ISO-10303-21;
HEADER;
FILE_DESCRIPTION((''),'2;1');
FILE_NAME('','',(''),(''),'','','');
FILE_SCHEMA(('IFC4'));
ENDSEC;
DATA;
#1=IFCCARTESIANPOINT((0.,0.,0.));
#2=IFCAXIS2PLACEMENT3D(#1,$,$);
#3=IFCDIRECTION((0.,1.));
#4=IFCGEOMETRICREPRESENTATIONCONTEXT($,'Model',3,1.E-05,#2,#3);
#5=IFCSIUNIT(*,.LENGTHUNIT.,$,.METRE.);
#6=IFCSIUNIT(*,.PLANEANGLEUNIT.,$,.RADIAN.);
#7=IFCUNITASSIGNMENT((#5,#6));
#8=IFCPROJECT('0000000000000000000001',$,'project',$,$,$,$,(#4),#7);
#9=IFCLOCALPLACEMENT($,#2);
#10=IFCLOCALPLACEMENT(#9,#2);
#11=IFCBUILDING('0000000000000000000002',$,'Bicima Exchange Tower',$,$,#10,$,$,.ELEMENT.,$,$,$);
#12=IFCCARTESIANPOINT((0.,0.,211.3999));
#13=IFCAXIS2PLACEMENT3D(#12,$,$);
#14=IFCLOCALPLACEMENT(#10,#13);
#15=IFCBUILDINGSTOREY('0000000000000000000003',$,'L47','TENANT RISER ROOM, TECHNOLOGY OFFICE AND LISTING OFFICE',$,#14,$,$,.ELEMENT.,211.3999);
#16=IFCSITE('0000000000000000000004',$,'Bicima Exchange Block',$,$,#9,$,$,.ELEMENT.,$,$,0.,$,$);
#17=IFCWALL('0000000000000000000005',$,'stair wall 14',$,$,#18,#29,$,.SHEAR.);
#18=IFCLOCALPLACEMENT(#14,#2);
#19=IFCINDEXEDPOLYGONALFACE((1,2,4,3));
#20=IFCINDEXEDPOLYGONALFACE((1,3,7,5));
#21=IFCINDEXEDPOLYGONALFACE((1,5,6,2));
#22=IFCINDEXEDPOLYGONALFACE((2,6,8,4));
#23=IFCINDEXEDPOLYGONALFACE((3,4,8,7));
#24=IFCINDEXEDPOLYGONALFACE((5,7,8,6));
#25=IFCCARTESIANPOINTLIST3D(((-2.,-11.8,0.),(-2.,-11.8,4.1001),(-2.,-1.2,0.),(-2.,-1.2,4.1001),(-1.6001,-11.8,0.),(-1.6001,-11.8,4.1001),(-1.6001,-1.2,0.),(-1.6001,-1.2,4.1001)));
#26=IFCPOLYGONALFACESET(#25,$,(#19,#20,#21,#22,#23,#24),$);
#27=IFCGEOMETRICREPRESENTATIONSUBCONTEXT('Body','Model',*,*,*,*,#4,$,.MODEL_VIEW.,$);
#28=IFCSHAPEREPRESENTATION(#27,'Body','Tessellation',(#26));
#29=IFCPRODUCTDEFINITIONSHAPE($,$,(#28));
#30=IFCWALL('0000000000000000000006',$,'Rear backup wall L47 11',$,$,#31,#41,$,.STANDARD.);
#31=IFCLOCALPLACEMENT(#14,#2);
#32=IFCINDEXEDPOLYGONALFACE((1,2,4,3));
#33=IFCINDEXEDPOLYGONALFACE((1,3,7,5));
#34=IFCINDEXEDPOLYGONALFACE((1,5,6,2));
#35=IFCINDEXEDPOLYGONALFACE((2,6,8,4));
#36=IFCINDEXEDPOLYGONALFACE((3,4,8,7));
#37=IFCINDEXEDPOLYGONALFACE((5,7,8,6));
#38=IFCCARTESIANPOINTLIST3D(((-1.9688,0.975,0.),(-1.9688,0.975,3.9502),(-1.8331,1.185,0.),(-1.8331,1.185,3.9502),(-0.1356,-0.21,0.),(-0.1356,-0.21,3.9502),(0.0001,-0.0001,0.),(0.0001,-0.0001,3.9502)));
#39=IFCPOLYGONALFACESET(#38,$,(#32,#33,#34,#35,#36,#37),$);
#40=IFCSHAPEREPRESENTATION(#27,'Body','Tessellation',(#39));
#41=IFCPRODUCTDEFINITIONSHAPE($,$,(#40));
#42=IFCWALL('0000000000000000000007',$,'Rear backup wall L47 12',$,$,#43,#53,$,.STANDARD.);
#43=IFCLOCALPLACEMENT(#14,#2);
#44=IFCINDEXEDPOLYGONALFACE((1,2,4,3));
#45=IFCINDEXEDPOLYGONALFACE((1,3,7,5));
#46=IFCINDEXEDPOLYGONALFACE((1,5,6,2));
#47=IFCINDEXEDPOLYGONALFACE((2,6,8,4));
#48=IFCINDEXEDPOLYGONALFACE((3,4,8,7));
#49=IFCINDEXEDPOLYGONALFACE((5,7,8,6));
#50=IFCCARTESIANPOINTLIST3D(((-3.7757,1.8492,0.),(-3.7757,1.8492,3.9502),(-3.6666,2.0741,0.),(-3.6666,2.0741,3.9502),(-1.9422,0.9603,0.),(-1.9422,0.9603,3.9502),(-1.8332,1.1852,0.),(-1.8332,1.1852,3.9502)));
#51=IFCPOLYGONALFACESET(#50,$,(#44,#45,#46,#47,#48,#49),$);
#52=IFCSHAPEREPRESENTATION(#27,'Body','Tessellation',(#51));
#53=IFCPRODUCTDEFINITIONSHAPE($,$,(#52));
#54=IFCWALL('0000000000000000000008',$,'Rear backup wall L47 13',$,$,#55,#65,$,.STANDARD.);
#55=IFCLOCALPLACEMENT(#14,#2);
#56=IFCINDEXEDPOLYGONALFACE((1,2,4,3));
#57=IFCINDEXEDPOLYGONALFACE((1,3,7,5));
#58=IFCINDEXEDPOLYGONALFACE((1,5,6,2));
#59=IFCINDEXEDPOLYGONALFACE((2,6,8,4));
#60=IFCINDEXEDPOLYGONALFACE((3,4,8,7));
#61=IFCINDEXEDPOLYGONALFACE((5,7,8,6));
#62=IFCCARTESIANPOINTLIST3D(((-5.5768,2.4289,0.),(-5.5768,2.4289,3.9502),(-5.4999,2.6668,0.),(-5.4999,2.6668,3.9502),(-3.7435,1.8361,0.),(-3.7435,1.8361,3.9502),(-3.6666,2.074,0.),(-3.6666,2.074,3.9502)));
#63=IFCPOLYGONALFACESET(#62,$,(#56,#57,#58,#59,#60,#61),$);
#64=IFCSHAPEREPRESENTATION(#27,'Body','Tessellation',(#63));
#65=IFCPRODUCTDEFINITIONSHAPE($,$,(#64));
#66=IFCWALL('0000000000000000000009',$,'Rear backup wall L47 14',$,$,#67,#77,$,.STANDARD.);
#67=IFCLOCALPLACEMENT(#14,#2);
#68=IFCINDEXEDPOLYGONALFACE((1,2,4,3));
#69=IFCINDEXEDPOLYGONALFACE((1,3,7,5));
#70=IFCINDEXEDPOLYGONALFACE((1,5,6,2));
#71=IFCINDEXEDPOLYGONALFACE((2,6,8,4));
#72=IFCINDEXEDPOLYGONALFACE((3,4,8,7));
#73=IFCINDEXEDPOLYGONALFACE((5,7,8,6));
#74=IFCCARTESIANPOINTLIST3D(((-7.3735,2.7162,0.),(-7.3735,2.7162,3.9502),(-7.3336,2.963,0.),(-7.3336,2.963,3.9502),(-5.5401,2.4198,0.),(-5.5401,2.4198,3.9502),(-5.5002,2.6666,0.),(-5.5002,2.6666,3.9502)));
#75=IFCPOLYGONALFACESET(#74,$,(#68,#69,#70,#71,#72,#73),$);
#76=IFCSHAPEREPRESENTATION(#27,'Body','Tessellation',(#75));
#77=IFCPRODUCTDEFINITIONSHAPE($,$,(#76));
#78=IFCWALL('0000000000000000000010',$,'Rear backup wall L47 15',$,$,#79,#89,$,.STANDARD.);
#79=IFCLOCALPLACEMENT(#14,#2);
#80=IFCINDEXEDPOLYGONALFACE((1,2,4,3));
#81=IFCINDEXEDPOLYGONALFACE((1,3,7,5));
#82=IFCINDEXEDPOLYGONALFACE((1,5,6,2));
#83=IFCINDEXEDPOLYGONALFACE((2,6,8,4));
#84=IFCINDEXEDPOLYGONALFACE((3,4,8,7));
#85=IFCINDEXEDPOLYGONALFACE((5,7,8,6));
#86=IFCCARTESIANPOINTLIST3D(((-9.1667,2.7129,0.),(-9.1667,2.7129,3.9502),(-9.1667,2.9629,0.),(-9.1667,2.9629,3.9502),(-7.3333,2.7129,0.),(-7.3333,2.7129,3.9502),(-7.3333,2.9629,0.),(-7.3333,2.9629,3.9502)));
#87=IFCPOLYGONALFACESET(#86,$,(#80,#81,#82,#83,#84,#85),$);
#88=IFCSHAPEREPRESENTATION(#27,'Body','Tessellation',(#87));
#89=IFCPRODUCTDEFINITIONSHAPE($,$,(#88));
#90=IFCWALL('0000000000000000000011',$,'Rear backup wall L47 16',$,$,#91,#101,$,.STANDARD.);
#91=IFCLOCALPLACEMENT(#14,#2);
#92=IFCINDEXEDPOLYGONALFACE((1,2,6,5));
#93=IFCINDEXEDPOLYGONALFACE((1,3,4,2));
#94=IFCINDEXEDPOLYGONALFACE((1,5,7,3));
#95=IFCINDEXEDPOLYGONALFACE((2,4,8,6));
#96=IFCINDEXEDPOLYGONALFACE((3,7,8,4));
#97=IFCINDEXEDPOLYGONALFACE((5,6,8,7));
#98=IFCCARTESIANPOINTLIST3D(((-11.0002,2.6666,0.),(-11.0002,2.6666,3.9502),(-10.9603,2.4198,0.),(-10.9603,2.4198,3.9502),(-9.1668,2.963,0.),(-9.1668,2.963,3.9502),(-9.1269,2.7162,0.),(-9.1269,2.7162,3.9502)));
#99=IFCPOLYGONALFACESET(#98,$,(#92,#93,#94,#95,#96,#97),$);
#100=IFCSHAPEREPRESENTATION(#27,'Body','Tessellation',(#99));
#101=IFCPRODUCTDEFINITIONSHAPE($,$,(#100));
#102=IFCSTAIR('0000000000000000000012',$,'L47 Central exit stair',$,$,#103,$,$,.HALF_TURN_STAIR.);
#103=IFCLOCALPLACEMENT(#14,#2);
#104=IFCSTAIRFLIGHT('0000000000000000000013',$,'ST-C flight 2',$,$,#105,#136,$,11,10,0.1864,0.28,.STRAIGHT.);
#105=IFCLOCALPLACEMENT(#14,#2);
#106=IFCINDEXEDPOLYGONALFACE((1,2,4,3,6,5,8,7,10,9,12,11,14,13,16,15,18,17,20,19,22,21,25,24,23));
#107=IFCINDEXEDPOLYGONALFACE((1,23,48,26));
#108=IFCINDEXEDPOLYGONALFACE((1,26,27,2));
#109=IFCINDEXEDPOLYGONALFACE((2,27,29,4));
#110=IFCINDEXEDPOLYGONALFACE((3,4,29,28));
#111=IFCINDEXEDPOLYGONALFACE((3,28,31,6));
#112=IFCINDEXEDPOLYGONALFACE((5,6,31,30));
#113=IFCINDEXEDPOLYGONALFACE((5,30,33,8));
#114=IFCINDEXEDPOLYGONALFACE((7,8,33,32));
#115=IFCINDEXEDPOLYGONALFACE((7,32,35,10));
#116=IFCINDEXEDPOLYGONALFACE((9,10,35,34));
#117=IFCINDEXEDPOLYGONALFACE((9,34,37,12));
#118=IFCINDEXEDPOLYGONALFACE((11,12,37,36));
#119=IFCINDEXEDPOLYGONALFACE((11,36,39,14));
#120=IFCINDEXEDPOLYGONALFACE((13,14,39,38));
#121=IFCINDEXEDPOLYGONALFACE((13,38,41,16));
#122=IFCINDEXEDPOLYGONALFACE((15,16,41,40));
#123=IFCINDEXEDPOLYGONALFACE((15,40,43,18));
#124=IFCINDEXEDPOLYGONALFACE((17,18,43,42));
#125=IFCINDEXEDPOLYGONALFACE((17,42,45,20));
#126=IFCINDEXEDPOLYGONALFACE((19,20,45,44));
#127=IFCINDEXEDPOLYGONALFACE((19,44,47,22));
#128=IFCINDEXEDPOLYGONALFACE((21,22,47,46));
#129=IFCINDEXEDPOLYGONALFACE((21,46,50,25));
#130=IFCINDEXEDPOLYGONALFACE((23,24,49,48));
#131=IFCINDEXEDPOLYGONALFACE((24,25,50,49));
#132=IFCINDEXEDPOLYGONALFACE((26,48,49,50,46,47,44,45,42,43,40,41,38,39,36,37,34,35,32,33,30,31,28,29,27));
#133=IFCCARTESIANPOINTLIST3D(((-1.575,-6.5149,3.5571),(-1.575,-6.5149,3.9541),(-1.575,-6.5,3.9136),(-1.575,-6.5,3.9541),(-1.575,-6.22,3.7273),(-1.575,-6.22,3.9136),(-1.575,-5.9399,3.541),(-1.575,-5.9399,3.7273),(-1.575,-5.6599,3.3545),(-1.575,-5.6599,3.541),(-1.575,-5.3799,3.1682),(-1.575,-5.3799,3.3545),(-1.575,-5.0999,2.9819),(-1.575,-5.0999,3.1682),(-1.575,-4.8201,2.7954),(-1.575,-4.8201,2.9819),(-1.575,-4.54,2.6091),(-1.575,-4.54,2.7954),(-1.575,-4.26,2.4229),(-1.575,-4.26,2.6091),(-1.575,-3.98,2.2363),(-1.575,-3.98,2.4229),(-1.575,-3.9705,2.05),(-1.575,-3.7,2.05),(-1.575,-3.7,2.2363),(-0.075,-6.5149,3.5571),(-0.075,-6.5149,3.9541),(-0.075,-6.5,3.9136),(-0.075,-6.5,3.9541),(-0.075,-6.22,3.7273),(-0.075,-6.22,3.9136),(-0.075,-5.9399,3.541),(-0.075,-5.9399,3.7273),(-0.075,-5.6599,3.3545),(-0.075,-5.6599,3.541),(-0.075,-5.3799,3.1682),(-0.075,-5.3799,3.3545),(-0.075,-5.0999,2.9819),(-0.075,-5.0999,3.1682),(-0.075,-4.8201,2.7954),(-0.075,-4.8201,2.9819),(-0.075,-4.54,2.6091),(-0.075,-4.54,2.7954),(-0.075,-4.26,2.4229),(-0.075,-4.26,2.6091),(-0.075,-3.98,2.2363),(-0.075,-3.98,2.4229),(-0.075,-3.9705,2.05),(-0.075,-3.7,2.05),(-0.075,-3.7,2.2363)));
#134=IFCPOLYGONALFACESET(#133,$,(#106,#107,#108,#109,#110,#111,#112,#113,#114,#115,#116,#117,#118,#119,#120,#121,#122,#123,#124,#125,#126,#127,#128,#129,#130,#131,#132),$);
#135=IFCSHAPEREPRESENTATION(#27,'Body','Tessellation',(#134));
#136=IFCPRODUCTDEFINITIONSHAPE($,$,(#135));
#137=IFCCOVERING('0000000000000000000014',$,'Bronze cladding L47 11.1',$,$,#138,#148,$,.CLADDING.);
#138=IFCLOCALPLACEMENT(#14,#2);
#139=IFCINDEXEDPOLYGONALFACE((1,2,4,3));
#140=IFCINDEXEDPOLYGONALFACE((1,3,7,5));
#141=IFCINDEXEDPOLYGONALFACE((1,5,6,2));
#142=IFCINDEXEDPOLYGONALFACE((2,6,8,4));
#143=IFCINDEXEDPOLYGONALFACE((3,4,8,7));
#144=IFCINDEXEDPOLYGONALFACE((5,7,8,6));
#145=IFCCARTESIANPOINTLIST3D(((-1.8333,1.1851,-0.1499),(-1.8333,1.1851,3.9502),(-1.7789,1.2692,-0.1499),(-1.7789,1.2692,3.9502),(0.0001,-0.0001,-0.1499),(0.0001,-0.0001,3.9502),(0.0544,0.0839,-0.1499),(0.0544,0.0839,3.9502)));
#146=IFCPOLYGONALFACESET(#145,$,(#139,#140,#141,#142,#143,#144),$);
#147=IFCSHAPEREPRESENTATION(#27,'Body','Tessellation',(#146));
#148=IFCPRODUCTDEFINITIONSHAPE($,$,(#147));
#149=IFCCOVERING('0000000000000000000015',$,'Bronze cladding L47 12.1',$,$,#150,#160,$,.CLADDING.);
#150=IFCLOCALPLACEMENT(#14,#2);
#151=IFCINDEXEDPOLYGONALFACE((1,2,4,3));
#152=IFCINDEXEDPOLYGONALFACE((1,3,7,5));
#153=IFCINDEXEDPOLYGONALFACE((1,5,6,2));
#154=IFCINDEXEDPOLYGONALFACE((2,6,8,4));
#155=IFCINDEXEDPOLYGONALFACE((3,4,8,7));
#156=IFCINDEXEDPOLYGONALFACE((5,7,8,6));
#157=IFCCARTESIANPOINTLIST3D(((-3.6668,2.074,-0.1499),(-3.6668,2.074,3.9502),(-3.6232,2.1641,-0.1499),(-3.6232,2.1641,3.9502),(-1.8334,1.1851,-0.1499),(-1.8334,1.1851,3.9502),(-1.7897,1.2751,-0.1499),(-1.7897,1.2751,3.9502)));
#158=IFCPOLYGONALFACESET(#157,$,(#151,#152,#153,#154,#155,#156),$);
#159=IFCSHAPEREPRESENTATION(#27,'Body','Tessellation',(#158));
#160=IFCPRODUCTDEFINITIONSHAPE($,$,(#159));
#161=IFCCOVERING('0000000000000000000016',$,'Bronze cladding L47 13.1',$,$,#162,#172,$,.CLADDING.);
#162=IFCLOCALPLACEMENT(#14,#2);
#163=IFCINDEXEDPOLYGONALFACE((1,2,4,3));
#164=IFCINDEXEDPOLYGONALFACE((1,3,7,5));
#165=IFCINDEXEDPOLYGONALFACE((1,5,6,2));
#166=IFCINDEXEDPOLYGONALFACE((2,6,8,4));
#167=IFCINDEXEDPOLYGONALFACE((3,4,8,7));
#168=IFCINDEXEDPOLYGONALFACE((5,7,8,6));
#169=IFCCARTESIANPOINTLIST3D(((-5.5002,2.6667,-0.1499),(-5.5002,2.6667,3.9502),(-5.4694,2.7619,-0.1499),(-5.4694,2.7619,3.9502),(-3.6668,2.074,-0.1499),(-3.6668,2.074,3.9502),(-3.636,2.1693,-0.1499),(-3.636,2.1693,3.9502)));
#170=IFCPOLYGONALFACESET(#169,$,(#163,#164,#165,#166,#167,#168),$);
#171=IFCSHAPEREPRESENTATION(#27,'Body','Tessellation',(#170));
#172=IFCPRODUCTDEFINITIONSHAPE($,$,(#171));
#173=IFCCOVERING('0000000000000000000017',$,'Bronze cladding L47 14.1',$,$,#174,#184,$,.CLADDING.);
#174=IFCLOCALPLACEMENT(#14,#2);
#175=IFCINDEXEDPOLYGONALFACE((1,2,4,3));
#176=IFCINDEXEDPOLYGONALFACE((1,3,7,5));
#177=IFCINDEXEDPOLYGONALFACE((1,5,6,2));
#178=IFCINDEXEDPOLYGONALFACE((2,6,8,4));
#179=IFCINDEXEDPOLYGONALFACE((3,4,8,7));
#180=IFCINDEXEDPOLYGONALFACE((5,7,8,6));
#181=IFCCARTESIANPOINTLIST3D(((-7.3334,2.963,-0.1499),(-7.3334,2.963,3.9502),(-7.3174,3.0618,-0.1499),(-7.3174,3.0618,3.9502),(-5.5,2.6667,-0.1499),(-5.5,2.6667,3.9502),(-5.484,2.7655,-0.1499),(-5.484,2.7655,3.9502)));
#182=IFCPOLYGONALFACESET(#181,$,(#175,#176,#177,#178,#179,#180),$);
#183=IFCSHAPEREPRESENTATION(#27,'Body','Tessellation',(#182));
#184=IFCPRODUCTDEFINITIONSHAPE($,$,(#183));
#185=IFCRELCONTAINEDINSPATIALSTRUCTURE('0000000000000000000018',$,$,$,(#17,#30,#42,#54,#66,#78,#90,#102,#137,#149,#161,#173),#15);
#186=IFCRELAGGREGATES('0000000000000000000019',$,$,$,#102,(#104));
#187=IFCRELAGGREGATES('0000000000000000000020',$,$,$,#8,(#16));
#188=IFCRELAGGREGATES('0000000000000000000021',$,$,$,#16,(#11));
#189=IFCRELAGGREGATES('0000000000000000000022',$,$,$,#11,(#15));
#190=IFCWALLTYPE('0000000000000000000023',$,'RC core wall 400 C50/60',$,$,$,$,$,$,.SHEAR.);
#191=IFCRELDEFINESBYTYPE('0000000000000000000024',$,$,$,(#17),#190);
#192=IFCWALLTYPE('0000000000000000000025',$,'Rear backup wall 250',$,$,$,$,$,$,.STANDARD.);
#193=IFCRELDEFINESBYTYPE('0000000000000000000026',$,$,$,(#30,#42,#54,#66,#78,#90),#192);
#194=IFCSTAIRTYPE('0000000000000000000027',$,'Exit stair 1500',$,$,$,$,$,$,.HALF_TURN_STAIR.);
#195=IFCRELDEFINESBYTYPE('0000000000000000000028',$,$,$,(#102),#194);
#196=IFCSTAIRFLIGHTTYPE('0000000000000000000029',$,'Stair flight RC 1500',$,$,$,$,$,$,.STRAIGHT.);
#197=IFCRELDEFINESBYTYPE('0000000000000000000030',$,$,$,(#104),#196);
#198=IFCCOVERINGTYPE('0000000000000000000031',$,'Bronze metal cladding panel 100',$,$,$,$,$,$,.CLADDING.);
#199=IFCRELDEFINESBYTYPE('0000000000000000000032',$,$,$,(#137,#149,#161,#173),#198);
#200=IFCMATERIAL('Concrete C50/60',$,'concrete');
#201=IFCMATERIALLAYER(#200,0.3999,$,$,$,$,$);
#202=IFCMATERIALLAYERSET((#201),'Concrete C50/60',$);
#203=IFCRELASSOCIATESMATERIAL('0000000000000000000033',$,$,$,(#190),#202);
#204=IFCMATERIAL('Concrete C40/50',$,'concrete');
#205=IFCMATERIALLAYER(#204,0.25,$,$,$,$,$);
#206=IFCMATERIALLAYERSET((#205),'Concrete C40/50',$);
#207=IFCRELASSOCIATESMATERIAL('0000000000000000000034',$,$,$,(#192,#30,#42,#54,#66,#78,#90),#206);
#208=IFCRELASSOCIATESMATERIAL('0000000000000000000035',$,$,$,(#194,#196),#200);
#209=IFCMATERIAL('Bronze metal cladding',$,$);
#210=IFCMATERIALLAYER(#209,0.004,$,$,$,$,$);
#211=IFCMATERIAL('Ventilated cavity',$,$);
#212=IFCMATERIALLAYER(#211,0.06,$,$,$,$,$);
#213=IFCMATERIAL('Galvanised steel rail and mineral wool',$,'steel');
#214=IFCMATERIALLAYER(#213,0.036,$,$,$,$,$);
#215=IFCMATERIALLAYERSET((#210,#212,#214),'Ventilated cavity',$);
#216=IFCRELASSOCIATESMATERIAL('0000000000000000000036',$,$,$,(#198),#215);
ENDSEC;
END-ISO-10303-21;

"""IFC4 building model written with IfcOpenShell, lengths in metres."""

from ifc_helpers import new_model, si_unit, direction, frame, frame_2d, origin, origin_2d, place, context, subcontext, project, spatial, polyline, rectangle, outline, extrude, material, layer, layer_set, layer_usage, type_object, element, aggregate, save


model = new_model("IFC4")

# Units and contexts
model_context = context("Model", 3, precision=1e-05, world=origin(), true_north=direction((0.0, 1.0)))
body_context = subcontext(model_context, "Body", "Model", "MODEL_VIEW")
ifc_project = project(units=[si_unit("LENGTHUNIT", "METRE"), si_unit("PLANEANGLEUNIT", "RADIAN")], contexts=[model_context])

# Site, building, storey
site_placement = place(None, origin())
site = spatial("IfcSite", under=ifc_project, at=site_placement, Name="Bicima Exchange Block", CompositionType="ELEMENT", RefElevation=0.0)
building_placement = place(site_placement, origin())
building = spatial("IfcBuilding", under=site, at=building_placement, Name="Bicima Exchange Tower", CompositionType="ELEMENT")
storey_placement = place(building_placement, frame((0.0, 0.0, 211.3999)))
storey = spatial("IfcBuildingStorey", under=building, at=storey_placement, Name="L47", Description="TENANT RISER ROOM, TECHNOLOGY OFFICE AND LISTING OFFICE", CompositionType="ELEMENT", Elevation=211.3999)

# Shared definitions
ifc_material_1 = material(Name="Concrete C50/60", Category="concrete")
ifc_layer_1 = layer(ifc_material_1, 0.3999)
ifc_layer_set_1 = layer_set([ifc_layer_1], Name="Concrete C50/60")
wall_type_1 = type_object("IfcWallType", Name="RC core wall 400 C50/60", PredefinedType="SHEAR", material=ifc_layer_set_1)

# Walls
wall_1_placement = place(storey_placement, frame((-1.8, -11.8, 0.0), z_axis=(0.0, 0.0, 1.0), x_axis=(0.0, 1.0, 0.0)))
element("IfcWall", 1, at=wall_1_placement, inside=storey, type_object=wall_type_1, Name="stair wall 14", PredefinedType="SHEAR", context=body_context, shape_type="SweptSolid", body=[
    extrude(rectangle(XDim=10.6001, YDim=0.3999, at=frame_2d((5.3, 0.0))), origin(), (0.0, 0.0, 1.0), 4.1001),
])
ifc_material_2 = material(Name="Concrete C40/50", Category="concrete")
ifc_layer_2 = layer(ifc_material_2, 0.25)
ifc_layer_set_2 = layer_set([ifc_layer_2], Name="Concrete C40/50")
ifc_layer_usage = layer_usage(ifc_layer_set_2, "AXIS2", "POSITIVE", -0.125)
wall_type_2 = type_object("IfcWallType", Name="Rear backup wall 250", PredefinedType="STANDARD", material=ifc_layer_set_2)
wall_2_placement = place(storey_placement, frame((-0.0679, -0.105, 0.0), z_axis=(0.0, 0.0, 1.0), x_axis=(-0.839813, 0.542876, 0.0)))
element("IfcWall", 2, at=wall_2_placement, inside=storey, type_object=wall_type_2, material=ifc_layer_usage, Name="Rear backup wall L47 11", PredefinedType="STANDARD", context=body_context, shape_type="SweptSolid", body=[
    extrude(rectangle(XDim=2.1829, YDim=0.25, at=frame_2d((1.0913, 0.0))), origin(), (0.0, 0.0, 1.0), 3.9502),
])
wall_3_placement = place(storey_placement, frame((-1.8877, 1.0728, 0.0), z_axis=(0.0, 0.0, 1.0), x_axis=(-0.899824, 0.436253, 0.0)))
element("IfcWall", 3, at=wall_3_placement, inside=storey, type_object=wall_type_2, material=ifc_layer_usage, Name="Rear backup wall L47 12", PredefinedType="STANDARD", context=body_context, shape_type="SweptSolid", body=[
    extrude(rectangle(XDim=2.0376, YDim=0.25, at=frame_2d((1.0188, 0.0))), origin(), (0.0, 0.0, 1.0), 3.9502),
])
wall_4_placement = place(storey_placement, frame((-3.7051, 1.9551, 0.0), z_axis=(0.0, 0.0, 1.0), x_axis=(-0.951496, 0.307662, 0.0)))
element("IfcWall", 4, at=wall_4_placement, inside=storey, type_object=wall_type_2, material=ifc_layer_usage, Name="Rear backup wall L47 13", PredefinedType="STANDARD", context=body_context, shape_type="SweptSolid", body=[
    extrude(rectangle(XDim=1.9268, YDim=0.25, at=frame_2d((0.9634, 0.0))), origin(), (0.0, 0.0, 1.0), 3.9502),
])
wall_5_placement = place(storey_placement, frame((-5.52, 2.5432, 0.0), z_axis=(0.0, 0.0, 1.0), x_axis=(-0.987182, 0.1596, 0.0)))
element("IfcWall", 5, at=wall_5_placement, inside=storey, type_object=wall_type_2, material=ifc_layer_usage, Name="Rear backup wall L47 14", PredefinedType="STANDARD", context=body_context, shape_type="SweptSolid", body=[
    extrude(rectangle(XDim=1.8572, YDim=0.25, at=frame_2d((0.9287, 0.0))), origin(), (0.0, 0.0, 1.0), 3.9502),
])
wall_6_placement = place(storey_placement, frame((-7.3333, 2.8379, 0.0), z_axis=(0.0, 0.0, 1.0), x_axis=(-1.0, 0.0, 0.0)))
element("IfcWall", 6, at=wall_6_placement, inside=storey, type_object=wall_type_2, material=ifc_layer_usage, Name="Rear backup wall L47 15", PredefinedType="STANDARD", context=body_context, shape_type="SweptSolid", body=[
    extrude(rectangle(XDim=1.8335, YDim=0.25, at=frame_2d((0.9167, 0.0))), origin(), (0.0, 0.0, 1.0), 3.9502),
])
wall_7_placement = place(storey_placement, frame((-9.1467, 2.8396, 0.0), z_axis=(0.0, 0.0, 1.0), x_axis=(-0.987182, -0.1596, 0.0)))
element("IfcWall", 7, at=wall_7_placement, inside=storey, type_object=wall_type_2, material=ifc_layer_usage, Name="Rear backup wall L47 16", PredefinedType="STANDARD", context=body_context, shape_type="SweptSolid", body=[
    extrude(rectangle(XDim=1.8572, YDim=0.25, at=frame_2d((0.9287, 0.0))), origin(), (0.0, 0.0, 1.0), 3.9502),
])

# Stair, stair flight
stair_type = type_object("IfcStairType", Name="Exit stair 1500", PredefinedType="HALF_TURN_STAIR", material=ifc_material_1)
stair_placement = place(storey_placement, origin())
stair = element("IfcStair", 8, at=stair_placement, inside=storey, type_object=stair_type, Name="L47 Central exit stair", PredefinedType="HALF_TURN_STAIR")
stair_flight_type = type_object("IfcStairFlightType", Name="Stair flight RC 1500", PredefinedType="STRAIGHT", material=ifc_material_1)
stair_flight_placement = place(storey_placement, frame((-0.825, -3.7, 2.05), z_axis=(0.0, 0.0, 1.0), x_axis=(0.0, -1.0, 0.0)))
stair_flight = element("IfcStairFlight", 9, at=stair_flight_placement, type_object=stair_flight_type, Name="ST-C flight 2", NumberOfRisers=11, NumberOfTreads=10, PredefinedType="STRAIGHT", RiserHeight=0.1864, TreadLength=0.28, context=body_context, shape_type="SweptSolid", body=[
    extrude(outline(polyline([(0.0, 0.0), (0.0, 0.1863), (0.28, 0.1863), (0.28, 0.3728), (0.5601, 0.3728), (0.5601, 0.5591), (0.8401, 0.5591), (0.8401, 0.7454), (1.1201, 0.7454), (1.1201, 0.9319), (1.3999, 0.9319), (1.3999, 1.1182), (1.6799, 1.1182), (1.6799, 1.3044), (1.96, 1.3044), (1.96, 1.491), (2.24, 1.491), (2.24, 1.6772), (2.52, 1.6772), (2.52, 1.8635), (2.8, 1.8635), (2.8, 1.9041), (2.8149, 1.9041), (2.8149, 1.5071), (0.2705, 0.0), (0.0, 0.0)])), frame((0.0, 0.75, 0.0), z_axis=(0.0, -1.0, 0.0), x_axis=(1.0, 0.0, 0.0)), (0.0, 0.0, 1.0), 1.5),
])
aggregate(stair, [stair_flight])

# Coverings
ifc_material_3 = material(Name="Bronze metal cladding")
ifc_layer_3 = layer(ifc_material_3, 0.004)
ifc_material_4 = material(Name="Ventilated cavity")
ifc_layer_4 = layer(ifc_material_4, 0.06)
ifc_material_5 = material(Name="Galvanised steel rail and mineral wool", Category="steel")
ifc_layer_5 = layer(ifc_material_5, 0.036)
ifc_layer_set_3 = layer_set([ifc_layer_3, ifc_layer_4, ifc_layer_5], Name="Ventilated cavity")
covering_type = type_object("IfcCoveringType", Name="Bronze metal cladding panel 100", PredefinedType="CLADDING", material=ifc_layer_set_3)
covering_1_placement = place(storey_placement, frame((-0.8894, 0.6345, -0.1499), z_axis=(0.0, 0.0, 1.0), x_axis=(-0.83979, 0.542911, 0.0)))
element("IfcCovering", 10, at=covering_1_placement, inside=storey, type_object=covering_type, Name="Bronze cladding L47 11.1", PredefinedType="CLADDING", context=body_context, shape_type="SweptSolid", body=[
    extrude(rectangle(XDim=2.1831, YDim=0.1001, at=origin_2d()), origin(), (0.0, 0.0, 1.0), 4.1001),
])
covering_2_placement = place(storey_placement, frame((-2.7283, 1.6746, -0.1499), z_axis=(0.0, 0.0, 1.0), x_axis=(-0.899818, 0.436265, 0.0)))
element("IfcCovering", 11, at=covering_2_placement, inside=storey, type_object=covering_type, Name="Bronze cladding L47 12.1", PredefinedType="CLADDING", context=body_context, shape_type="SweptSolid", body=[
    extrude(rectangle(XDim=2.0376, YDim=0.1001, at=origin_2d()), origin(), (0.0, 0.0, 1.0), 4.1001),
])
covering_3_placement = place(storey_placement, frame((-4.5681, 2.418, -0.1499), z_axis=(0.0, 0.0, 1.0), x_axis=(-0.951525, 0.307573, 0.0)))
element("IfcCovering", 12, at=covering_3_placement, inside=storey, type_object=covering_type, Name="Bronze cladding L47 13.1", PredefinedType="CLADDING", context=body_context, shape_type="SweptSolid", body=[
    extrude(rectangle(XDim=1.9268, YDim=0.1001, at=origin_2d()), origin(), (0.0, 0.0, 1.0), 4.1001),
])
covering_4_placement = place(storey_placement, frame((-6.4087, 2.8643, -0.1499), z_axis=(0.0, 0.0, 1.0), x_axis=(-0.98719, 0.15955, 0.0)))
element("IfcCovering", 13, at=covering_4_placement, inside=storey, type_object=covering_type, Name="Bronze cladding L47 14.1", PredefinedType="CLADDING", context=body_context, shape_type="SweptSolid", body=[
    extrude(rectangle(XDim=1.8572, YDim=0.1001, at=origin_2d()), origin(), (0.0, 0.0, 1.0), 4.1001),
])

save(model, "model.ifc")
